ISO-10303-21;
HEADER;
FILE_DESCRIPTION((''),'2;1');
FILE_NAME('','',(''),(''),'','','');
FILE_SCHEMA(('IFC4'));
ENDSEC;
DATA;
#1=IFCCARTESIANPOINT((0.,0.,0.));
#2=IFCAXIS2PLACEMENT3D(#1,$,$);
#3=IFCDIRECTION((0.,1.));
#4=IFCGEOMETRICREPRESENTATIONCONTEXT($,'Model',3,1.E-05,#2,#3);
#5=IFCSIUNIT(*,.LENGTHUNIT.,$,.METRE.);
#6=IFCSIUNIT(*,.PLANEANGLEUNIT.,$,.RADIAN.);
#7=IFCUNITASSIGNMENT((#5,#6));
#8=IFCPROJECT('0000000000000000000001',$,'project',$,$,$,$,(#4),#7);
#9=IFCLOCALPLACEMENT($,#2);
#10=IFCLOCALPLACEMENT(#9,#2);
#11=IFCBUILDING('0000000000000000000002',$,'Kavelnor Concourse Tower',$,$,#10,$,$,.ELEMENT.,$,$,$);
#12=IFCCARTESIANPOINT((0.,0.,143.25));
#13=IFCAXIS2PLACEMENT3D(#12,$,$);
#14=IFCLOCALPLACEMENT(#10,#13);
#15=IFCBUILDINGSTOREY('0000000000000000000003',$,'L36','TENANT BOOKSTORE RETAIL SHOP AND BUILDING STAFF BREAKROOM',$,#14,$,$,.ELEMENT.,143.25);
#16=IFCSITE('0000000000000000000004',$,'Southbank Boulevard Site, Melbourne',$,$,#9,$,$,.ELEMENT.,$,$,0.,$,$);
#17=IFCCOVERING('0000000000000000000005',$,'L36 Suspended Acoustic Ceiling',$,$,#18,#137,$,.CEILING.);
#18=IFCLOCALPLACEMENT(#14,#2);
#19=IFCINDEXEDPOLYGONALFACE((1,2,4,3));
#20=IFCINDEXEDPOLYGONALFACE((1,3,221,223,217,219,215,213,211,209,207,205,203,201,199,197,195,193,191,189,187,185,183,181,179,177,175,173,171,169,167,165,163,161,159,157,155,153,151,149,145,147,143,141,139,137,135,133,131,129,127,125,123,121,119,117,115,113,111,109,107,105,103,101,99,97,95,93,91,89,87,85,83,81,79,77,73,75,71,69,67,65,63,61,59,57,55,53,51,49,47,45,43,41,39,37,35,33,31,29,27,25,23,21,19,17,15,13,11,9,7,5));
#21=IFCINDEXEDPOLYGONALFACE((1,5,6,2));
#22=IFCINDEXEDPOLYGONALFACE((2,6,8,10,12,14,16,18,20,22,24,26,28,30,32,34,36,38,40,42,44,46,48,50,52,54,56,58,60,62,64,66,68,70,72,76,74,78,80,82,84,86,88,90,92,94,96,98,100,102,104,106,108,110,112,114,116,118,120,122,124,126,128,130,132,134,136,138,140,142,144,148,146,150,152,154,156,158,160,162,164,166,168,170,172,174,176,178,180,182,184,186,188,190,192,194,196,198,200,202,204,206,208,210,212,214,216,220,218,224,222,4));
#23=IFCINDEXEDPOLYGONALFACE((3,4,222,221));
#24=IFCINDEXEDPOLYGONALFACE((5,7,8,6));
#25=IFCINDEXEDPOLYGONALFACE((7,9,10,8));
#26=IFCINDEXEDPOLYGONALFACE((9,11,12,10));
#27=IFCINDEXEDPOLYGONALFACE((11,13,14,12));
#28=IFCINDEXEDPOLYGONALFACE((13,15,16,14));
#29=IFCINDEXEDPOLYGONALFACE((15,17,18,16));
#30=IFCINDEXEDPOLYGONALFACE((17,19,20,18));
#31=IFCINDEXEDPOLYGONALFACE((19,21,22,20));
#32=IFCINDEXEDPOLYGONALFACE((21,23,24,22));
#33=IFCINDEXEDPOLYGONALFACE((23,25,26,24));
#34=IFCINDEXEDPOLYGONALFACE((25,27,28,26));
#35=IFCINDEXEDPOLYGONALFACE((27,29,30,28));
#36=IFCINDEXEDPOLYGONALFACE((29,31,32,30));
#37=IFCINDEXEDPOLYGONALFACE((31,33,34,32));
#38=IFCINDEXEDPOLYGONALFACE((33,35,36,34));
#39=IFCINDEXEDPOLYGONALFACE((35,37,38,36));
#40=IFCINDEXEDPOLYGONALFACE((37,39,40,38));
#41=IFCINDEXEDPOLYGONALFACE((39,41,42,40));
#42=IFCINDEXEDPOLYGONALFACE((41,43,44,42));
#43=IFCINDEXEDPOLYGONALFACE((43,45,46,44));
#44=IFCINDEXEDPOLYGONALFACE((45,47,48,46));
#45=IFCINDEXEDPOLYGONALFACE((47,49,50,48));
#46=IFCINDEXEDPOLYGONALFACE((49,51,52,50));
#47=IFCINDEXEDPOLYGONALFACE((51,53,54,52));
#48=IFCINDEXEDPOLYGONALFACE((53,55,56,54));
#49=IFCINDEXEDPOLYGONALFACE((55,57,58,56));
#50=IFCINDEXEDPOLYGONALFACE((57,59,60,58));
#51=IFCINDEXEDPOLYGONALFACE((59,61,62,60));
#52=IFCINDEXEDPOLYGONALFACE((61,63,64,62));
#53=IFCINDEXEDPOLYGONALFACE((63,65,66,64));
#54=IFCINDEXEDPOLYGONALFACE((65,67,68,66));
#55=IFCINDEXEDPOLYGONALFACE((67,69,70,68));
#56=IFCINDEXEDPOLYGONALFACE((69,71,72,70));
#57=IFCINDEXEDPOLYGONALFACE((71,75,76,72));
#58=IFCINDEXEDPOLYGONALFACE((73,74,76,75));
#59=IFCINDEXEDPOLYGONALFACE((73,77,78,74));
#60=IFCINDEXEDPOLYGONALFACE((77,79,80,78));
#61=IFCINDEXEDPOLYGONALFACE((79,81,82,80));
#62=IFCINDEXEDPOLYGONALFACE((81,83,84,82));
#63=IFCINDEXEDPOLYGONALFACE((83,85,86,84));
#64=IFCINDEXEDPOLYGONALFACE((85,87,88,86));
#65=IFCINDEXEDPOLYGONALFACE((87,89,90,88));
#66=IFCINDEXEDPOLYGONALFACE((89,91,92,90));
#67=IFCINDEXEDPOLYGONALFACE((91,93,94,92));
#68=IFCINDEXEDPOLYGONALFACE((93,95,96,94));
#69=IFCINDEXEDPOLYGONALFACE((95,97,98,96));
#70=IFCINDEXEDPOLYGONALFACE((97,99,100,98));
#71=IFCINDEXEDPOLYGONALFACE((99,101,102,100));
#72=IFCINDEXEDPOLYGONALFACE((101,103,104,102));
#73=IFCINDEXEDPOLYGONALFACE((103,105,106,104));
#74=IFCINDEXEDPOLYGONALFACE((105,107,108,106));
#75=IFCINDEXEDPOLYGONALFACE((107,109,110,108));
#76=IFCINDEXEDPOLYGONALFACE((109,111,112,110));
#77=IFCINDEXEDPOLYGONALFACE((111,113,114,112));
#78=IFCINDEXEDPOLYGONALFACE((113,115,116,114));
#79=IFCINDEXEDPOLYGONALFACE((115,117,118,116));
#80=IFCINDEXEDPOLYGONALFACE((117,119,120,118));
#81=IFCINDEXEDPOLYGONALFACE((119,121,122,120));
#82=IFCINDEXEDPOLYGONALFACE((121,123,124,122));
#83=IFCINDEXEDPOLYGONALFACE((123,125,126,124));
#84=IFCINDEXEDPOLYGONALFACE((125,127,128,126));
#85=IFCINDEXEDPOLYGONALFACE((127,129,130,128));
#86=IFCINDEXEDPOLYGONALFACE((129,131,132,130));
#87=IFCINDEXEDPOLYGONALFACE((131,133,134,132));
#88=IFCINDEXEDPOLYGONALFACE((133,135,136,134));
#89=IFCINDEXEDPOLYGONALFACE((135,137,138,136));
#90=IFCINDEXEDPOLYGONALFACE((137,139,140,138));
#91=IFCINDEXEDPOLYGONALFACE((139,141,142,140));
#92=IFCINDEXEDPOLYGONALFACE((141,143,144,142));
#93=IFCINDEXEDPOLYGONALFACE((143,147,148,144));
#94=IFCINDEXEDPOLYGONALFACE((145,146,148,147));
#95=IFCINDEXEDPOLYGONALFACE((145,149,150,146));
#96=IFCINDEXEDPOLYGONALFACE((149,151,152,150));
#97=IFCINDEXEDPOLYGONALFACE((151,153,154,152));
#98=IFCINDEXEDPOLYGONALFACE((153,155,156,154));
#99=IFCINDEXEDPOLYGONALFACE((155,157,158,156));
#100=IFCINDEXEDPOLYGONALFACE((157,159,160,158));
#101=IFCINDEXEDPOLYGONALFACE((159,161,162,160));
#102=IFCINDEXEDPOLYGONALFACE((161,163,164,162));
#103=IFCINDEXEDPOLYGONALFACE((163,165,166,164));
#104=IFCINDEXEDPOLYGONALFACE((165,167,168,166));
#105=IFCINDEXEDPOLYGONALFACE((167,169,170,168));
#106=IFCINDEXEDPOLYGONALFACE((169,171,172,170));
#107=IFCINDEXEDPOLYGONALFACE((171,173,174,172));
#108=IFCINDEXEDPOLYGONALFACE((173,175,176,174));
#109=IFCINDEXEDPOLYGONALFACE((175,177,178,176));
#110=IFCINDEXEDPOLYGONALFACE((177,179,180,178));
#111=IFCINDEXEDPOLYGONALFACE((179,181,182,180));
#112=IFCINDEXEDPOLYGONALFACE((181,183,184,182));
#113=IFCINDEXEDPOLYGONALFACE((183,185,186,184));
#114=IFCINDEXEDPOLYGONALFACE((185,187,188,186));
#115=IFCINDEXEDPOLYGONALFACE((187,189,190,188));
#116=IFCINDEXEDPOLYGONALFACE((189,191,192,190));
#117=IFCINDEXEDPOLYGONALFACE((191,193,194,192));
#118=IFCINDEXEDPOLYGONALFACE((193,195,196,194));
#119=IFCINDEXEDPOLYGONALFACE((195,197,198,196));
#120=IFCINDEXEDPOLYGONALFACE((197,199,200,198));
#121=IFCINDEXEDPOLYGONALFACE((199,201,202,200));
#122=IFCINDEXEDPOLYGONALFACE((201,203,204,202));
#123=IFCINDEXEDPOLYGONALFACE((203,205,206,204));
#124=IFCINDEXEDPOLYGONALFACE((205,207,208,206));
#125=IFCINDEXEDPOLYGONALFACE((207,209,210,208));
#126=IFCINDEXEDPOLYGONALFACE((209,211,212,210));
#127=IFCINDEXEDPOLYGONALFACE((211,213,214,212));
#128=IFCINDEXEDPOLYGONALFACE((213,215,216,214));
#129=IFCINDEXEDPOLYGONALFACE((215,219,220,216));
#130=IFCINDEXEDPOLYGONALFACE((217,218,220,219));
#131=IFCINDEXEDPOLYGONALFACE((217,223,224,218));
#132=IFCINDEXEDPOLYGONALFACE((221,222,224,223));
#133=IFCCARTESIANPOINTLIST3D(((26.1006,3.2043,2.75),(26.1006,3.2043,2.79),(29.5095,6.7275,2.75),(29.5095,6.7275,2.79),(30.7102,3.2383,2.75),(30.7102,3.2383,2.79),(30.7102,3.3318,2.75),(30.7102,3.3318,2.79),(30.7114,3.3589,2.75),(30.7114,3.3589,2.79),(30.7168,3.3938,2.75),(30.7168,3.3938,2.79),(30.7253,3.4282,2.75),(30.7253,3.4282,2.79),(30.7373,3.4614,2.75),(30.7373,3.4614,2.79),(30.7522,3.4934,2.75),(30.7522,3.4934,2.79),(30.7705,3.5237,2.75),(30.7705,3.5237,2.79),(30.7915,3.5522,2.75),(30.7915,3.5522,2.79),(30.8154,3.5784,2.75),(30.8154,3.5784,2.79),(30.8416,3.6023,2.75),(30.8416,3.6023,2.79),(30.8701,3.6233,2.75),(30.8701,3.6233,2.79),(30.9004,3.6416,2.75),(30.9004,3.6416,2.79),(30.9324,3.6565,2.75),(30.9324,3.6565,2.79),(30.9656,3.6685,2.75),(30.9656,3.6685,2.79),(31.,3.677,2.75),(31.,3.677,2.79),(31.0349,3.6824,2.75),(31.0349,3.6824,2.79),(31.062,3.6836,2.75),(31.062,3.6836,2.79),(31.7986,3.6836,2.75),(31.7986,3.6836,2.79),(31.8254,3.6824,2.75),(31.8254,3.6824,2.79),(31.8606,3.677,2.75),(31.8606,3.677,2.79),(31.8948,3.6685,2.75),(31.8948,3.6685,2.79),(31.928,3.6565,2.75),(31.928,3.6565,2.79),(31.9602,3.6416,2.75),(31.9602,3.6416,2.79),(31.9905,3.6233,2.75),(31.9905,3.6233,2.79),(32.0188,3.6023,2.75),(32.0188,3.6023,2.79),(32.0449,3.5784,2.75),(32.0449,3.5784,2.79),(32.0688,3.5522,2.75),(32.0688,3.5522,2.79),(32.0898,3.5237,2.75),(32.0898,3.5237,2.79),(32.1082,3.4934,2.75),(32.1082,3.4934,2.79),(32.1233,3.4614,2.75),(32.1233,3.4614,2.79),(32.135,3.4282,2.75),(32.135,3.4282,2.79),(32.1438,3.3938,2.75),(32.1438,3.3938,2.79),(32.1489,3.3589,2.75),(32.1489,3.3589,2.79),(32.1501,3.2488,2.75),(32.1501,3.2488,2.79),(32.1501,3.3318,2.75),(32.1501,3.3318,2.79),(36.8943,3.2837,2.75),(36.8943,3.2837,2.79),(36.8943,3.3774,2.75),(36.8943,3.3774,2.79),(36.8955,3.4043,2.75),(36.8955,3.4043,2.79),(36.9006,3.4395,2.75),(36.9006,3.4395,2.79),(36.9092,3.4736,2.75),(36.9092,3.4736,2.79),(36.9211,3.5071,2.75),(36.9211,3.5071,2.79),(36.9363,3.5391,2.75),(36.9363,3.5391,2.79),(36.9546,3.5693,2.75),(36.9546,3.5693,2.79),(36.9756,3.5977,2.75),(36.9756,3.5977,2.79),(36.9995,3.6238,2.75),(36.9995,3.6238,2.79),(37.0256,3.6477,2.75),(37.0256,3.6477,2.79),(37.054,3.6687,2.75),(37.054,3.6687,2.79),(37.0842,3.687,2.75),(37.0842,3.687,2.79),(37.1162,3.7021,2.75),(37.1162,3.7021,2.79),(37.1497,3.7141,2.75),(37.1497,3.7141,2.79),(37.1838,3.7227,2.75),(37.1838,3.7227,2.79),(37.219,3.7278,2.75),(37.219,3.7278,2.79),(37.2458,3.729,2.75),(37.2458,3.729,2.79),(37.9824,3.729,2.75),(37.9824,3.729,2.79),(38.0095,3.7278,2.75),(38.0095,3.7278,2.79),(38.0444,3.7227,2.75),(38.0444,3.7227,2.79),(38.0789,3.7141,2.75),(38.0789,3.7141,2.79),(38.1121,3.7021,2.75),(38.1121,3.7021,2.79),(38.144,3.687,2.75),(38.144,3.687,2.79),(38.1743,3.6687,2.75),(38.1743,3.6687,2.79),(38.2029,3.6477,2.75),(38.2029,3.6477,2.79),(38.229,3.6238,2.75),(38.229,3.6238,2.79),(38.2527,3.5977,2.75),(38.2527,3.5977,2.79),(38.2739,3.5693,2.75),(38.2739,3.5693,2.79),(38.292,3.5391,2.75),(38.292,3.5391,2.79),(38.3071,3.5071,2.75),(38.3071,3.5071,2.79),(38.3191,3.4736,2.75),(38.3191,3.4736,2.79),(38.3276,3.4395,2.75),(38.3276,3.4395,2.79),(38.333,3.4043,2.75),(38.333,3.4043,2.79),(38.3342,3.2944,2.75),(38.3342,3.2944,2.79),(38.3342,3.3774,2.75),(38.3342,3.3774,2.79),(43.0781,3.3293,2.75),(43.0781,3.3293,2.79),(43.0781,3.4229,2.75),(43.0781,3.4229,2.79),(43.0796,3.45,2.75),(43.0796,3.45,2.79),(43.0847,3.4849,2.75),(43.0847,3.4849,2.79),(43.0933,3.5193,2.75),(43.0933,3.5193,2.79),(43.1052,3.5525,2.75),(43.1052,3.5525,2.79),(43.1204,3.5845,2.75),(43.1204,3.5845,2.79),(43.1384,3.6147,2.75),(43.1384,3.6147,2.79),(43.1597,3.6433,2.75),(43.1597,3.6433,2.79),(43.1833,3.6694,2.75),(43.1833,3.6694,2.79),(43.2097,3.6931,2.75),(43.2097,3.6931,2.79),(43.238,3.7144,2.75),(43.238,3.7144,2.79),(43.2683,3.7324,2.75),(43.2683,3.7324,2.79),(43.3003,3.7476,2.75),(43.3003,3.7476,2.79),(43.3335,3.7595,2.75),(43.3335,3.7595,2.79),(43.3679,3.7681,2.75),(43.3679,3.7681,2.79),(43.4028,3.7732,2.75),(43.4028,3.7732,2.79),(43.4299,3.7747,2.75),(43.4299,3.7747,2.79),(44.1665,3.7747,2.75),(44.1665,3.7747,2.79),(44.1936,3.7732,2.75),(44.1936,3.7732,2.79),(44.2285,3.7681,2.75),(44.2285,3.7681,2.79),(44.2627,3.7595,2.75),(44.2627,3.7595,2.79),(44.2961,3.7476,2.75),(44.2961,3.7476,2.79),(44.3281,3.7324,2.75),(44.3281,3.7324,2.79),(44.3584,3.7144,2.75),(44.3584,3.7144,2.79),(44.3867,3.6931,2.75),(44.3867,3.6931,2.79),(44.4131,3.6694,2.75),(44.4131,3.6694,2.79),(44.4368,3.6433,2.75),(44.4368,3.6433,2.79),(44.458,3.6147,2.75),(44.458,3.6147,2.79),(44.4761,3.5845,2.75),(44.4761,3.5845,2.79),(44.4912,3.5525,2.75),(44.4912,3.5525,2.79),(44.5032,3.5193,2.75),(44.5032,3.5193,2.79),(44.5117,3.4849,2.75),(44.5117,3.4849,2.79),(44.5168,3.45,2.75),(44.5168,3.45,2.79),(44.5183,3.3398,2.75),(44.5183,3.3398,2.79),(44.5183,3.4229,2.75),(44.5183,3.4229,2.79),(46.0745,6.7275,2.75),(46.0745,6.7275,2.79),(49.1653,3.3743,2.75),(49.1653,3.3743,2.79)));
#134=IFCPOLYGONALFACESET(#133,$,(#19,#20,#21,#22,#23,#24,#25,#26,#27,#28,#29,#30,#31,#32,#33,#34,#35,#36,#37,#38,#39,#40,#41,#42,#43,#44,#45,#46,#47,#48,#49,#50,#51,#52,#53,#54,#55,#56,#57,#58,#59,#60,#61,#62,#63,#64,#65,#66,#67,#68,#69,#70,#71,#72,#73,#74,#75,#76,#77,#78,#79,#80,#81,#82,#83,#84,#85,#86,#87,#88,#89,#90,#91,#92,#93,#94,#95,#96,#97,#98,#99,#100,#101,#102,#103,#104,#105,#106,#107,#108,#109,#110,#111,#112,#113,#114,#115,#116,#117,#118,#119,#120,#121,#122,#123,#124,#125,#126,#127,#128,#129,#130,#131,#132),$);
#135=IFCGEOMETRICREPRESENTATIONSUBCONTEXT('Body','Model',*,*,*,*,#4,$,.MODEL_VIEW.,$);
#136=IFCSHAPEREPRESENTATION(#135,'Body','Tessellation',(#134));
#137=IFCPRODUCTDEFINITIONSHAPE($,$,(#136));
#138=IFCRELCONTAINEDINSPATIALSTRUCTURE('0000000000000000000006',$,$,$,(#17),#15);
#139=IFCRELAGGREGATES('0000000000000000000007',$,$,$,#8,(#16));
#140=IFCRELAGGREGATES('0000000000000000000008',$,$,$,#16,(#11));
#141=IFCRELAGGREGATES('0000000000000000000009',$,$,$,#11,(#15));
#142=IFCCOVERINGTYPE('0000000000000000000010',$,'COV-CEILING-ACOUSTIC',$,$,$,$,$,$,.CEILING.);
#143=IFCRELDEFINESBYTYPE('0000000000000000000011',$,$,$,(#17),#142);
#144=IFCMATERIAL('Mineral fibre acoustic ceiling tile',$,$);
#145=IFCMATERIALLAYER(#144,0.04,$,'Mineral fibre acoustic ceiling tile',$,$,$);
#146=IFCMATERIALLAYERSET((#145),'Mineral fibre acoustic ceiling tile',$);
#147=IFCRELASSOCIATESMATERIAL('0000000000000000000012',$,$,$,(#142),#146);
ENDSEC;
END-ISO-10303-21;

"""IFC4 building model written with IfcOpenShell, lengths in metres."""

from ifc_helpers import new_model, si_unit, direction, frame, origin, place, context, subcontext, project, spatial, polyline, outline, extrude, material, layer, layer_set, type_object, element, save


model = new_model("IFC4")

# Units and contexts
model_context = context("Model", 3, precision=1e-05, world=origin(), true_north=direction((0.0, 1.0)))
body_context = subcontext(model_context, "Body", "Model", "MODEL_VIEW")
ifc_project = project(units=[si_unit("LENGTHUNIT", "METRE"), si_unit("PLANEANGLEUNIT", "RADIAN")], contexts=[model_context])

# Site, building, storey
site_placement = place(None, origin())
site = spatial("IfcSite", under=ifc_project, at=site_placement, Name="Southbank Boulevard Site, Melbourne", CompositionType="ELEMENT", RefElevation=0.0)
building_placement = place(site_placement, origin())
building = spatial("IfcBuilding", under=site, at=building_placement, Name="Kavelnor Concourse Tower", CompositionType="ELEMENT")
storey_placement = place(building_placement, frame((0.0, 0.0, 143.25)))
storey = spatial("IfcBuildingStorey", under=building, at=storey_placement, Name="L36", Description="TENANT BOOKSTORE RETAIL SHOP AND BUILDING STAFF BREAKROOM", CompositionType="ELEMENT", Elevation=143.25)

# Covering
ifc_material_1 = material(Name="Mineral fibre acoustic ceiling tile")
ifc_layer_1 = layer(ifc_material_1, 0.04, Name="Mineral fibre acoustic ceiling tile")
ifc_layer_set_1 = layer_set([ifc_layer_1], Name="Mineral fibre acoustic ceiling tile")
covering_type = type_object("IfcCoveringType", Name="COV-CEILING-ACOUSTIC", PredefinedType="CEILING", material=ifc_layer_set_1)
covering_1_placement = place(storey_placement, frame((0.0, 0.0, 2.75)))
element("IfcCovering", 1, at=covering_1_placement, inside=storey, type_object=covering_type, Name="L36 Suspended Acoustic Ceiling", PredefinedType="CEILING", context=body_context, shape_type="SweptSolid", body=[
    extrude(outline(polyline([(29.5095, 6.7275), (46.0745, 6.7275), (49.1653, 3.3743), (44.5183, 3.3398), (44.5183, 3.4229), (44.5168, 3.45), (44.5117, 3.4849), (44.5032, 3.5193), (44.4912, 3.5525), (44.4761, 3.5845), (44.458, 3.6147), (44.4368, 3.6433), (44.4131, 3.6694), (44.3867, 3.6931), (44.3584, 3.7144), (44.3281, 3.7324), (44.2961, 3.7476), (44.2627, 3.7595), (44.2285, 3.7681), (44.1936, 3.7732), (44.1665, 3.7747), (43.4299, 3.7747), (43.4028, 3.7732), (43.3679, 3.7681), (43.3335, 3.7595), (43.3003, 3.7476), (43.2683, 3.7324), (43.238, 3.7144), (43.2097, 3.6931), (43.1833, 3.6694), (43.1597, 3.6433), (43.1384, 3.6147), (43.1204, 3.5845), (43.1052, 3.5525), (43.0933, 3.5193), (43.0847, 3.4849), (43.0796, 3.45), (43.0781, 3.4229), (43.0781, 3.3293), (38.3342, 3.2944), (38.3342, 3.3774), (38.333, 3.4043), (38.3276, 3.4395), (38.3191, 3.4736), (38.3071, 3.5071), (38.292, 3.5391), (38.2739, 3.5693), (38.2527, 3.5977), (38.229, 3.6238), (38.2029, 3.6477), (38.1743, 3.6687), (38.144, 3.687), (38.1121, 3.7021), (38.0789, 3.7141), (38.0444, 3.7227), (38.0095, 3.7278), (37.9824, 3.729), (37.2458, 3.729), (37.219, 3.7278), (37.1838, 3.7227), (37.1497, 3.7141), (37.1162, 3.7021), (37.0842, 3.687), (37.054, 3.6687), (37.0256, 3.6477), (36.9995, 3.6238), (36.9756, 3.5977), (36.9546, 3.5693), (36.9363, 3.5391), (36.9211, 3.5071), (36.9092, 3.4736), (36.9006, 3.4395), (36.8955, 3.4043), (36.8943, 3.3774), (36.8943, 3.2837), (32.1501, 3.2488), (32.1501, 3.3318), (32.1489, 3.3589), (32.1438, 3.3938), (32.135, 3.4282), (32.1233, 3.4614), (32.1082, 3.4934), (32.0898, 3.5237), (32.0688, 3.5522), (32.0449, 3.5784), (32.0188, 3.6023), (31.9905, 3.6233), (31.9602, 3.6416), (31.928, 3.6565), (31.8948, 3.6685), (31.8606, 3.677), (31.8254, 3.6824), (31.7986, 3.6836), (31.062, 3.6836), (31.0349, 3.6824), (31.0, 3.677), (30.9656, 3.6685), (30.9324, 3.6565), (30.9004, 3.6416), (30.8701, 3.6233), (30.8416, 3.6023), (30.8154, 3.5784), (30.7915, 3.5522), (30.7705, 3.5237), (30.7522, 3.4934), (30.7373, 3.4614), (30.7253, 3.4282), (30.7168, 3.3938), (30.7114, 3.3589), (30.7102, 3.3318), (30.7102, 3.2383), (26.1006, 3.2043), (29.5095, 6.7275)])), origin(), (0.0, 0.0, 1.0), 0.04),
])

save(model, "model.ifc")
